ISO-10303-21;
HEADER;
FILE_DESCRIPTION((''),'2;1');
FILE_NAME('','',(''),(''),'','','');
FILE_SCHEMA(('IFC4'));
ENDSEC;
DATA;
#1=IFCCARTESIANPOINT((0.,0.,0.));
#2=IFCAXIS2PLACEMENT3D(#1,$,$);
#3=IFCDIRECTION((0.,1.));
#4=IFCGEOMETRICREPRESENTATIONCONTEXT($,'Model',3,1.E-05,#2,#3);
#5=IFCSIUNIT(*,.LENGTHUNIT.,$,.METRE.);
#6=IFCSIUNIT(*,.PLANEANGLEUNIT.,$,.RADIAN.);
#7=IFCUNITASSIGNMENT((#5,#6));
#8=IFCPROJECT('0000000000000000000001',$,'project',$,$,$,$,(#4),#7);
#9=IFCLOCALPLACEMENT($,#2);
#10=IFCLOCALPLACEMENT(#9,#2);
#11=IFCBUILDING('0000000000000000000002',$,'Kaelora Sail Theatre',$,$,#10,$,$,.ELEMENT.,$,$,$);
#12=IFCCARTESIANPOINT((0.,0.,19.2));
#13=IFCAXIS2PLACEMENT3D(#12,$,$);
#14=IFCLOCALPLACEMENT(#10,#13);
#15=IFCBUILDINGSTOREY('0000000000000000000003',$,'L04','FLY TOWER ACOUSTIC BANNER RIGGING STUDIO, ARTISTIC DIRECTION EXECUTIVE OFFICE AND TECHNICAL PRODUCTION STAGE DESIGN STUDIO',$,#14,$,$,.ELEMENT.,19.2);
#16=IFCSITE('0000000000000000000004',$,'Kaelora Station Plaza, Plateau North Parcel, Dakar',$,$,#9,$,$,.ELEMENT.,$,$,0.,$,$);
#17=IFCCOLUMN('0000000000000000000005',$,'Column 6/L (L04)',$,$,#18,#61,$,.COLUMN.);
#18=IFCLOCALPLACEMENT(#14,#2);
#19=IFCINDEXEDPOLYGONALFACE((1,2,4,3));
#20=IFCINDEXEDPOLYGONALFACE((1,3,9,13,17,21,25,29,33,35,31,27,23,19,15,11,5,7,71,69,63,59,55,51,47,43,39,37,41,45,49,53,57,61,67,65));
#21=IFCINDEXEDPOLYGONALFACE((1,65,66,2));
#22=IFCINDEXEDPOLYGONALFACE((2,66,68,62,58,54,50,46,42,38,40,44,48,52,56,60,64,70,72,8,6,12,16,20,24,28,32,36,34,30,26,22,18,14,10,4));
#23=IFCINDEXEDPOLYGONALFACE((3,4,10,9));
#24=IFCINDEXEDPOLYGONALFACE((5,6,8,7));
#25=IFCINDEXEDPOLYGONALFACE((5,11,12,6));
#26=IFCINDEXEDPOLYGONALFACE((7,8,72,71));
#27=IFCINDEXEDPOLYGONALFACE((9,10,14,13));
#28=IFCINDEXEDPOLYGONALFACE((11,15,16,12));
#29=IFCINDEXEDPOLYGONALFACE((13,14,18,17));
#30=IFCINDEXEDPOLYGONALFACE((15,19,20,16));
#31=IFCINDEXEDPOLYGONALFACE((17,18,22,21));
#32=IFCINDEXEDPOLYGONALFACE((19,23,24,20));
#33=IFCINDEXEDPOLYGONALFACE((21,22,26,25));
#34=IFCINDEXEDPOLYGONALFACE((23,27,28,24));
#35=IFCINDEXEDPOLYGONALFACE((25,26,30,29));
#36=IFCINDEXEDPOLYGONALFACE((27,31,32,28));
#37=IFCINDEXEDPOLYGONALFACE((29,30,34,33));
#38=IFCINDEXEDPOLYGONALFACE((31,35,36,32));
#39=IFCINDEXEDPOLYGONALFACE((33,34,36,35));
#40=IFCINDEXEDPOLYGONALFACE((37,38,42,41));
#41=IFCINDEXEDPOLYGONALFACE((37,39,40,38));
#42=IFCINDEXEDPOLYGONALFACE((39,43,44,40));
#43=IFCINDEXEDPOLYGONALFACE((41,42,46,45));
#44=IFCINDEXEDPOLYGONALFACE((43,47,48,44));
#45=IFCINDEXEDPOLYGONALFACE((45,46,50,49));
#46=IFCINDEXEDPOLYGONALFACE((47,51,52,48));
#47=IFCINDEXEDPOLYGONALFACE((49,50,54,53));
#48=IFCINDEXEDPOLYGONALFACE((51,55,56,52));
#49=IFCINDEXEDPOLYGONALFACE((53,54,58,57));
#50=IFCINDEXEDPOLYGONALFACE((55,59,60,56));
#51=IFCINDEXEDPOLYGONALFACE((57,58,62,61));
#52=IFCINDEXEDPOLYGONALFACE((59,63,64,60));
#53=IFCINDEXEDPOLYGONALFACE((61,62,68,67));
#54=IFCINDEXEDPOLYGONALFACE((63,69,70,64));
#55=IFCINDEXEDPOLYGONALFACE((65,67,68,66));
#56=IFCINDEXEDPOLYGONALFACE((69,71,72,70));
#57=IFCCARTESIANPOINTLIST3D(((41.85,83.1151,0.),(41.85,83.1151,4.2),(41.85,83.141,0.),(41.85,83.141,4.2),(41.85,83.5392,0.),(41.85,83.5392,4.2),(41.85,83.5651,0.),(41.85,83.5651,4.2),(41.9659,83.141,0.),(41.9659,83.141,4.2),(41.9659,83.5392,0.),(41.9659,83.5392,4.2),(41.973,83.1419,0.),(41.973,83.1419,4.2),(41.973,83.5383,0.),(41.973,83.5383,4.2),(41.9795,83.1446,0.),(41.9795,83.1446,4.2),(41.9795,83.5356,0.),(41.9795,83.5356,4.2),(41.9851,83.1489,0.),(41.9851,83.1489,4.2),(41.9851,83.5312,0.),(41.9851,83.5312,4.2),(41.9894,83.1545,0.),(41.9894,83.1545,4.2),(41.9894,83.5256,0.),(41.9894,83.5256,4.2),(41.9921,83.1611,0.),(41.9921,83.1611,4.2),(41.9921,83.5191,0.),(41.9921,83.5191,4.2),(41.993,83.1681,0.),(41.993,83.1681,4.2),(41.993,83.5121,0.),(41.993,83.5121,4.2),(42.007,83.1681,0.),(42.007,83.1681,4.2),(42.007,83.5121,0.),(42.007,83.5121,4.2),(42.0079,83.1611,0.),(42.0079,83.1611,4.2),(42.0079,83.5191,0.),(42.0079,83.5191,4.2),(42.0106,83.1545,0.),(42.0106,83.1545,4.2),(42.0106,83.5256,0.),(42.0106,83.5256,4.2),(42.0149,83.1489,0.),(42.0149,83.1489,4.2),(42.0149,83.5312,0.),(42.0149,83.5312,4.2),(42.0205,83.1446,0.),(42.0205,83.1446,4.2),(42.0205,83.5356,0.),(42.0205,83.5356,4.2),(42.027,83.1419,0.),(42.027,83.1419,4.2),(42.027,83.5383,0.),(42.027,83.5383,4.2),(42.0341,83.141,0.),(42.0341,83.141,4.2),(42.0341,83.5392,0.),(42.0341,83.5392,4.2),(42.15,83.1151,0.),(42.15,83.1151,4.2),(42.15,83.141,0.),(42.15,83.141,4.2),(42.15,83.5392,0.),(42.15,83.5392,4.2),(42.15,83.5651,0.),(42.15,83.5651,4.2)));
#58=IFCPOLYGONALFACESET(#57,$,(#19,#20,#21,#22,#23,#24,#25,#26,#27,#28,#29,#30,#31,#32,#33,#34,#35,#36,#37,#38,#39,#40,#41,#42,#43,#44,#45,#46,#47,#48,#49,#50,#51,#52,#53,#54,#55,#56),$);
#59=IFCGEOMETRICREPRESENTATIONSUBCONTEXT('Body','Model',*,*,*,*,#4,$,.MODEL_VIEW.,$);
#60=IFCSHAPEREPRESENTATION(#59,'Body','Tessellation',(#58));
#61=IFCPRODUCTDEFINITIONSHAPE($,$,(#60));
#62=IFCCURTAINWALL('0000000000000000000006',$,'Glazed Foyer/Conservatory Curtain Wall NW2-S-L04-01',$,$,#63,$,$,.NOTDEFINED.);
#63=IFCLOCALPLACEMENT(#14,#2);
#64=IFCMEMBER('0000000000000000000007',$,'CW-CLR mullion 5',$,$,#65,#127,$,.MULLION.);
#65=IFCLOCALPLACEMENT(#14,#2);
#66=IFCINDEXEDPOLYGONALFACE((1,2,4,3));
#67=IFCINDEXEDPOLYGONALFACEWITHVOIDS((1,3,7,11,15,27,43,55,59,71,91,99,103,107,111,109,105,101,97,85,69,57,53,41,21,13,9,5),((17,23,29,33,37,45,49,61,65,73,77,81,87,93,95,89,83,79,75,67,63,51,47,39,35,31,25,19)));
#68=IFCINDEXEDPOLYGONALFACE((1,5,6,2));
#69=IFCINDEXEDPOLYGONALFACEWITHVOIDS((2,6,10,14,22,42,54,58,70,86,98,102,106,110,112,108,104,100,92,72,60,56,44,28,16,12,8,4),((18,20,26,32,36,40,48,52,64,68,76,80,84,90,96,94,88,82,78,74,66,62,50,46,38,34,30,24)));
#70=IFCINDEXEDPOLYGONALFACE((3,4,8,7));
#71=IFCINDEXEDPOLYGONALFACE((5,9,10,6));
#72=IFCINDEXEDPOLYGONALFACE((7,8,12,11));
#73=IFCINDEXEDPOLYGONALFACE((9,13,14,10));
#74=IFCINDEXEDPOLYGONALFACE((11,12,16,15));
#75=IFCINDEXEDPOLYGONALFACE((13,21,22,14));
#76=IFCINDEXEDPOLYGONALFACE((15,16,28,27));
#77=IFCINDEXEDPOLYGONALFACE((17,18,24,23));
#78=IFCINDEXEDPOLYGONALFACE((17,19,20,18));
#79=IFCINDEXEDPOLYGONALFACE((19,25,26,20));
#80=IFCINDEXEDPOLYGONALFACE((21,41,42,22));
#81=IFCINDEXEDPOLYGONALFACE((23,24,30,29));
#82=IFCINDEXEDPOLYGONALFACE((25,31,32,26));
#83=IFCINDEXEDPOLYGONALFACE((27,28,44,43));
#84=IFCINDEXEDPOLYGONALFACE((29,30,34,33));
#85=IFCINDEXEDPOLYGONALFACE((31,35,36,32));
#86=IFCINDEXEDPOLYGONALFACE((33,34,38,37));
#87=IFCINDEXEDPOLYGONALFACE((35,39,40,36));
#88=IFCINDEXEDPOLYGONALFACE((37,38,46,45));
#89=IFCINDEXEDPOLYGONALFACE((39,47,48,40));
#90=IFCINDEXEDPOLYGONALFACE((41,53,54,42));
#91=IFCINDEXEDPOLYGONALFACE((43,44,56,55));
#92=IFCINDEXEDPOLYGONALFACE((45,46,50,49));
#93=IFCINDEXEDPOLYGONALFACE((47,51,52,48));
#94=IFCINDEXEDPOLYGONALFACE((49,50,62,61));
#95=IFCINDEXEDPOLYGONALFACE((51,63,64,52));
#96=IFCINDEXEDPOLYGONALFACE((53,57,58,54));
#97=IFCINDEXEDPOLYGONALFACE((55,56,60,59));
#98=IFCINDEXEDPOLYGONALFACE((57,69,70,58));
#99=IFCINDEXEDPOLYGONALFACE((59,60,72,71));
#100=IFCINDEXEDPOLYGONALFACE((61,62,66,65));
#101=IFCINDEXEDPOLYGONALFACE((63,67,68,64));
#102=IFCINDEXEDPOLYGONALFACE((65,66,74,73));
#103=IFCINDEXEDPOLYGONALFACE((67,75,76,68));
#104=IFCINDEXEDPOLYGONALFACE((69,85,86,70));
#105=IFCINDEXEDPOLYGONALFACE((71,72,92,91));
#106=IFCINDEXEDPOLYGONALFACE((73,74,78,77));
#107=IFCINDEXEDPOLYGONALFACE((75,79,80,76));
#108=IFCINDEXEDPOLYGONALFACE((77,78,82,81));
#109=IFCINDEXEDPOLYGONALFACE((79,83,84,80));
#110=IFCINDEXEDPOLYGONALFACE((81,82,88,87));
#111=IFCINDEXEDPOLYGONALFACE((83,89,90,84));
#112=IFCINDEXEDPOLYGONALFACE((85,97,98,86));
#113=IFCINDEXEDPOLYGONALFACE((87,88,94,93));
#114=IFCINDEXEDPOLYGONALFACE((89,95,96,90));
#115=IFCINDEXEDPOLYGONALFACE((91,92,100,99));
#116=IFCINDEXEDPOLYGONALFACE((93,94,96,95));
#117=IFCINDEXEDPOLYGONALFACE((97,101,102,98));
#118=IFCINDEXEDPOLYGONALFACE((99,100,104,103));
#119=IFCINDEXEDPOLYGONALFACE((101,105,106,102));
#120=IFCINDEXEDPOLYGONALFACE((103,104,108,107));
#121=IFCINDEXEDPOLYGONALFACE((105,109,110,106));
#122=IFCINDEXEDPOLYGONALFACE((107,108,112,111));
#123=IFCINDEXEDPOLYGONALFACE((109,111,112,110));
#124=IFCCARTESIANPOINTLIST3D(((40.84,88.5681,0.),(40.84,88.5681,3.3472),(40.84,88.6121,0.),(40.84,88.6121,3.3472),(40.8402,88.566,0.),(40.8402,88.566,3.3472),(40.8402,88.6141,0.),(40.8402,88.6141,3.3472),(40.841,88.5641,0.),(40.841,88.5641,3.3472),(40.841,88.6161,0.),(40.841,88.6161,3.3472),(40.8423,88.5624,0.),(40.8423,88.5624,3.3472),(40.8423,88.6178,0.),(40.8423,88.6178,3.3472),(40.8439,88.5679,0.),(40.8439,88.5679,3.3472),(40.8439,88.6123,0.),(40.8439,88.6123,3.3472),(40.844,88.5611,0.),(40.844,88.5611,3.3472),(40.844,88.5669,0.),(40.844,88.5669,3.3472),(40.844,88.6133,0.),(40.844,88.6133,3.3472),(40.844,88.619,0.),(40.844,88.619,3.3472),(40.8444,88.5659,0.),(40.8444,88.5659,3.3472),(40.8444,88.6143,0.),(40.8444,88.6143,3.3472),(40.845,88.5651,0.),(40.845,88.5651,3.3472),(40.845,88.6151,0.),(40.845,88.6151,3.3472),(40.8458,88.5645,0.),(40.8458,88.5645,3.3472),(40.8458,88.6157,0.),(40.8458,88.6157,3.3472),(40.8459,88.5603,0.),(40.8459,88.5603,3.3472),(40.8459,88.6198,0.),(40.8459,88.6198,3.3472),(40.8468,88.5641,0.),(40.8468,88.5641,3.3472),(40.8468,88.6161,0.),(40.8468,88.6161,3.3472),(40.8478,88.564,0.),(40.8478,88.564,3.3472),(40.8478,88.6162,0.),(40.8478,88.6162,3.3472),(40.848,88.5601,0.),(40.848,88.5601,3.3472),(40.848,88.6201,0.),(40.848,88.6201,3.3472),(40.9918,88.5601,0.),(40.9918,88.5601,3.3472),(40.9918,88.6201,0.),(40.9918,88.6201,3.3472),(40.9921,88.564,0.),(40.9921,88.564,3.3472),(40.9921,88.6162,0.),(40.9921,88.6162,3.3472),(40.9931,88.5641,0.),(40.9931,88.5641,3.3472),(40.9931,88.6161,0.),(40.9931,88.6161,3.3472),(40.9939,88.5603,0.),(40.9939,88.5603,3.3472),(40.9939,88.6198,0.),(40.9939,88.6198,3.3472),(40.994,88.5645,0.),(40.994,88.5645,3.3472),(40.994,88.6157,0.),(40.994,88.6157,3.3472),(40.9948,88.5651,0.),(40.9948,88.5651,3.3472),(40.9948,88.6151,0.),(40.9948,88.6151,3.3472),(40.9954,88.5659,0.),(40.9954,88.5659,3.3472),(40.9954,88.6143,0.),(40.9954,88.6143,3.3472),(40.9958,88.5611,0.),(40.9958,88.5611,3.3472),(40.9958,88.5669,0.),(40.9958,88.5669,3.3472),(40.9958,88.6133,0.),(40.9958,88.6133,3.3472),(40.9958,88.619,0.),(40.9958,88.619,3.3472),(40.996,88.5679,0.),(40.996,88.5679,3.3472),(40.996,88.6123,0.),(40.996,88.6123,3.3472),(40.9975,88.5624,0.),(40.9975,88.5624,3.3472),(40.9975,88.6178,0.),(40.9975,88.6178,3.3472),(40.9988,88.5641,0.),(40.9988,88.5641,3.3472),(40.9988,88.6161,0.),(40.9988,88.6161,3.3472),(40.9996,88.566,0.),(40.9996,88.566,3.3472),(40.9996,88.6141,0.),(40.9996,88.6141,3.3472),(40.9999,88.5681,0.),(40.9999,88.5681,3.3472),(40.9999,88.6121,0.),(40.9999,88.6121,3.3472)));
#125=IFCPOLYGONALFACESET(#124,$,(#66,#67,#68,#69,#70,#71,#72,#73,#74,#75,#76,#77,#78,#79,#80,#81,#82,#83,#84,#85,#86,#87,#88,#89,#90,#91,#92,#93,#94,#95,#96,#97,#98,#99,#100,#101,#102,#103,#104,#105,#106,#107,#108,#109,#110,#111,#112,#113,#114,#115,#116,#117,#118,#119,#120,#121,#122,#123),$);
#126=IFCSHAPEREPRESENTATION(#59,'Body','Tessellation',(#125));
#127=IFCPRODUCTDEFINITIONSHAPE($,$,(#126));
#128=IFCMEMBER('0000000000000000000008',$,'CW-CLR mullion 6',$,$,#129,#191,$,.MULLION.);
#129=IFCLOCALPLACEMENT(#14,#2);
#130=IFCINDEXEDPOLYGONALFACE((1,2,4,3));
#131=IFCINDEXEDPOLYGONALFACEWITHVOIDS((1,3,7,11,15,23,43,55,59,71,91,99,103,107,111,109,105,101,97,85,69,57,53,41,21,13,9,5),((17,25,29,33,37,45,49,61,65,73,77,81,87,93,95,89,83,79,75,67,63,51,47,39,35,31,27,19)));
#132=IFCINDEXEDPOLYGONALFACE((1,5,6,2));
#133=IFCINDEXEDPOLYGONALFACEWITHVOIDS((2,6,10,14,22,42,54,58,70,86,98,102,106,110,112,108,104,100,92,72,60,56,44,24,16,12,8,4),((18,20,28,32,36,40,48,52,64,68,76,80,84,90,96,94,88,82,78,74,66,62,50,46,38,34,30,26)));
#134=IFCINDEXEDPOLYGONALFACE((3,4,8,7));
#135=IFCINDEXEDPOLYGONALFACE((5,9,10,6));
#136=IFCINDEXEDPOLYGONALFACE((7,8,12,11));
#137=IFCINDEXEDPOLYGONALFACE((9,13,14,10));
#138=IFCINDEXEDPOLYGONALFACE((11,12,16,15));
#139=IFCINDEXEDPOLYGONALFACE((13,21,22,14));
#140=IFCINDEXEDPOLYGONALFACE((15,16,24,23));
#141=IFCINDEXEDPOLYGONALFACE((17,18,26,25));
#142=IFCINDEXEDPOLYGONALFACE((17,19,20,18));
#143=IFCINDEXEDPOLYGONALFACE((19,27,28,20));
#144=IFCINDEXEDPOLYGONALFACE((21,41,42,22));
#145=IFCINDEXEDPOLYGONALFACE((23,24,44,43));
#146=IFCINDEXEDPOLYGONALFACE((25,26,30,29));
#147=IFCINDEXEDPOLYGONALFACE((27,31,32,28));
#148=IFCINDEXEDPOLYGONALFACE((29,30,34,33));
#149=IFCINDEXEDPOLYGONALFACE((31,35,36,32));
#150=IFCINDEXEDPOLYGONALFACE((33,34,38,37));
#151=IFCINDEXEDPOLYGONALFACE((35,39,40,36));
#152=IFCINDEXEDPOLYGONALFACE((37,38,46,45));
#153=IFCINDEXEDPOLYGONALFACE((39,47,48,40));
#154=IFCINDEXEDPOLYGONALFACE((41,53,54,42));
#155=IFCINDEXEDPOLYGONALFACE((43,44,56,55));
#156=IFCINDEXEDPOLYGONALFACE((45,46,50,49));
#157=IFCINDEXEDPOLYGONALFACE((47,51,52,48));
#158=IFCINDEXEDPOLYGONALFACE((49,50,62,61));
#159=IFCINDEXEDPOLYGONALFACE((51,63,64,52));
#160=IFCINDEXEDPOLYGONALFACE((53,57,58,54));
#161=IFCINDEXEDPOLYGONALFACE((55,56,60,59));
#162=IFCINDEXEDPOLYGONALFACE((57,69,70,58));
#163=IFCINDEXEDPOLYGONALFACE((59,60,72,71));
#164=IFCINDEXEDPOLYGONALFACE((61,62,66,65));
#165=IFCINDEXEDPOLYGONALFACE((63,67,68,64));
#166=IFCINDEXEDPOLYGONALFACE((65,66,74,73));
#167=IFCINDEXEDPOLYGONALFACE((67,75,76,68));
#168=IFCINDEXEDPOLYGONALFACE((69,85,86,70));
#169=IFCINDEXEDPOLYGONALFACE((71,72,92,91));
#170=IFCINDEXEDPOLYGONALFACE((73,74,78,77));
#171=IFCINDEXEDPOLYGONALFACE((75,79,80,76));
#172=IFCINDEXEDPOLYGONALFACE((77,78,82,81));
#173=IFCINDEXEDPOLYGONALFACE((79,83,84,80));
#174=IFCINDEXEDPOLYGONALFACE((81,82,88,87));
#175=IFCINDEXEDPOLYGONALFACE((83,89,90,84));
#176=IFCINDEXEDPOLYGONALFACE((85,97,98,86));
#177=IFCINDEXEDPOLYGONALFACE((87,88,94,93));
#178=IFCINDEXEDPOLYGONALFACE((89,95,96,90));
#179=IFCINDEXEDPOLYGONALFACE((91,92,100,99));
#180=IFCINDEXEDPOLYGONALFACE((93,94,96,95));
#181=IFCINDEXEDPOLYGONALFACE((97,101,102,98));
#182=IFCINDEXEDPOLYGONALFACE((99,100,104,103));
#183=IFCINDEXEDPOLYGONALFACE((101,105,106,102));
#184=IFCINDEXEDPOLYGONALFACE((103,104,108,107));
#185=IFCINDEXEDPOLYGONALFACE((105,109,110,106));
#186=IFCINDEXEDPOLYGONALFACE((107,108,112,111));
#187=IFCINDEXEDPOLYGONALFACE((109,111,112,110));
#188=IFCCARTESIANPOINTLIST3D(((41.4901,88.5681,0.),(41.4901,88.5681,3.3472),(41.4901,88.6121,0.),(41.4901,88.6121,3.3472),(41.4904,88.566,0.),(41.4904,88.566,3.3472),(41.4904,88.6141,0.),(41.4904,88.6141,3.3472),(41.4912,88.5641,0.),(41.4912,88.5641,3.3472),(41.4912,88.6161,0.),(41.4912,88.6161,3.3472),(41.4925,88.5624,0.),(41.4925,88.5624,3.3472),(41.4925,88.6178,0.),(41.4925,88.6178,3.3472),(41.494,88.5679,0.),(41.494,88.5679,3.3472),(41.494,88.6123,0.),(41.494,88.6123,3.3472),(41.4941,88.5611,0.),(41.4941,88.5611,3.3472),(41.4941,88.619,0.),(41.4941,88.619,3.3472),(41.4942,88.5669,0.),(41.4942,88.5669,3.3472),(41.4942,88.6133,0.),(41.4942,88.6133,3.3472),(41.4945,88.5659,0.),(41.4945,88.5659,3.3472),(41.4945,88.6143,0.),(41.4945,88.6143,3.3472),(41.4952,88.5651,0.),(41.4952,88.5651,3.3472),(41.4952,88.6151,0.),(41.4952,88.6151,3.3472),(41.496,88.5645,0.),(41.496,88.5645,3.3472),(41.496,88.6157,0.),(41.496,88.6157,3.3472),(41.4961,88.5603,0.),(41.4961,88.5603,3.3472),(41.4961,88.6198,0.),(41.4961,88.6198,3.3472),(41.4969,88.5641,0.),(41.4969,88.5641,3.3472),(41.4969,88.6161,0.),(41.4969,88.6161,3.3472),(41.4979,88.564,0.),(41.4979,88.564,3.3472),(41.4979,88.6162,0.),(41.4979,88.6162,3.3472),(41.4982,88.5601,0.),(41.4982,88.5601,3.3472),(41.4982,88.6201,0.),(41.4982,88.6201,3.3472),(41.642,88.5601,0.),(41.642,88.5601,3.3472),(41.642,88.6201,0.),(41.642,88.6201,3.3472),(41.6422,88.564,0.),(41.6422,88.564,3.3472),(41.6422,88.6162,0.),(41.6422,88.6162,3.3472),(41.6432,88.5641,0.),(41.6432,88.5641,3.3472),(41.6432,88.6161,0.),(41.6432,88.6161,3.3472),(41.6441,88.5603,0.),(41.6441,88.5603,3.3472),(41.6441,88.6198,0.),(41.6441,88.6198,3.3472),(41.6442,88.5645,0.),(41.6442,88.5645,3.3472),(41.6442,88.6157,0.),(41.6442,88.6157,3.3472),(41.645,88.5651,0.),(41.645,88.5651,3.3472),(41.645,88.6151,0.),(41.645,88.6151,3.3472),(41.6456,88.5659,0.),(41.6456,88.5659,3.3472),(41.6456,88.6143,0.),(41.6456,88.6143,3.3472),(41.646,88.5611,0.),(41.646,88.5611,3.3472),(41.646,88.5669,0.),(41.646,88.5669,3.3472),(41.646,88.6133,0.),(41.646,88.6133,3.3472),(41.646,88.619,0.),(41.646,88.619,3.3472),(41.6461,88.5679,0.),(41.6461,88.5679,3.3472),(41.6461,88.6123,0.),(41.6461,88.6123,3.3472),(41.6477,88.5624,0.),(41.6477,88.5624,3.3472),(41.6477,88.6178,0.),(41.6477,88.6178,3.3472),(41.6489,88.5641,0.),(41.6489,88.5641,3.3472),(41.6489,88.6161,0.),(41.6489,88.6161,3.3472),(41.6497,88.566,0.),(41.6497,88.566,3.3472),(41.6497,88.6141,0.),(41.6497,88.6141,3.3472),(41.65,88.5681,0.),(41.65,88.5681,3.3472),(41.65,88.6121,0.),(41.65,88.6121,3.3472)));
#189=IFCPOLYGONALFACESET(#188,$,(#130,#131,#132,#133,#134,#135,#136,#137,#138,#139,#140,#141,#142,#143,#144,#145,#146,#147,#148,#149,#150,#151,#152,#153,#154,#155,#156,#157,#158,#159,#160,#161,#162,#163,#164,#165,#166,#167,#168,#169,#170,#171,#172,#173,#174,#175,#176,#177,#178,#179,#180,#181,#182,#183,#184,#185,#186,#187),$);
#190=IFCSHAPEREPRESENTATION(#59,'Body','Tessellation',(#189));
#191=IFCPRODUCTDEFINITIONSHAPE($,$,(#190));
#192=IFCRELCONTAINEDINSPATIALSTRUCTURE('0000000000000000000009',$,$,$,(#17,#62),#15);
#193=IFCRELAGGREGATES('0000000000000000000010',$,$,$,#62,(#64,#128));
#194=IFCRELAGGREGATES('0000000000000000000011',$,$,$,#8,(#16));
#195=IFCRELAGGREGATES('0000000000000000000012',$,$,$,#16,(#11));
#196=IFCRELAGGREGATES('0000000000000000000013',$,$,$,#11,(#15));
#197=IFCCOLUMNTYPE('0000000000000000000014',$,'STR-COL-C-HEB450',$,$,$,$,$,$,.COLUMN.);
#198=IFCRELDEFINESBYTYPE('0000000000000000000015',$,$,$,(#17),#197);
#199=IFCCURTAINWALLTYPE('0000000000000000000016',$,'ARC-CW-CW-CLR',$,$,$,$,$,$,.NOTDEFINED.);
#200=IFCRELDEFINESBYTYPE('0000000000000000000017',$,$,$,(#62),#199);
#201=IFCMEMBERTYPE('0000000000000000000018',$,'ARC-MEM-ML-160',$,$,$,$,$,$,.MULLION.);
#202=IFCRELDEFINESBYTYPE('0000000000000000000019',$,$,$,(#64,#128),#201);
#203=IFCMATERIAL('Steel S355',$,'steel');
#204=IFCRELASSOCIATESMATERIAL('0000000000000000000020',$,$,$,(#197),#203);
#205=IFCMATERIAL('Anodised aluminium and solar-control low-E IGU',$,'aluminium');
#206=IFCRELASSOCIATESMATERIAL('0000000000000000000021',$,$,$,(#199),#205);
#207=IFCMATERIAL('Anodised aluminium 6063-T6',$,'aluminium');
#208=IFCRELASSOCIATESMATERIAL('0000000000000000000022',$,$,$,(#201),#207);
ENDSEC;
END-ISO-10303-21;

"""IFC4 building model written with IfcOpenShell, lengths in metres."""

from ifc_helpers import new_model, si_unit, direction, frame, origin, origin_2d, place, context, subcontext, project, spatial, hollow_rectangle, i_section, extrude, material, material_profile, profile_set, type_object, element, aggregate, save


model = new_model("IFC4")

# Units and contexts
model_context = context("Model", 3, precision=1e-05, world=origin(), true_north=direction((0.0, 1.0)))
body_context = subcontext(model_context, "Body", "Model", "MODEL_VIEW")
ifc_project = project(units=[si_unit("LENGTHUNIT", "METRE"), si_unit("PLANEANGLEUNIT", "RADIAN")], contexts=[model_context])

# Site, building, storey
site_placement = place(None, origin())
site = spatial("IfcSite", under=ifc_project, at=site_placement, Name="Kaelora Station Plaza, Plateau North Parcel, Dakar", CompositionType="ELEMENT", RefElevation=0.0)
building_placement = place(site_placement, origin())
building = spatial("IfcBuilding", under=site, at=building_placement, Name="Kaelora Sail Theatre", CompositionType="ELEMENT")
storey_placement = place(building_placement, frame((0.0, 0.0, 19.2)))
storey = spatial("IfcBuildingStorey", under=building, at=storey_placement, Name="L04", Description="FLY TOWER ACOUSTIC BANNER RIGGING STUDIO, ARTISTIC DIRECTION EXECUTIVE OFFICE AND TECHNICAL PRODUCTION STAGE DESIGN STUDIO", CompositionType="ELEMENT", Elevation=19.2)

# Column
ifc_material_1 = material(Name="Steel S355", Category="steel")
ifc_material_profile_1 = material_profile(ifc_material_1, i_section(OverallWidth=0.3, OverallDepth=0.45, WebThickness=0.0139, FlangeThickness=0.0259, FilletRadius=0.0271, at=origin_2d()), Name="HEB 450")
ifc_profile_set_1 = profile_set([ifc_material_profile_1], Name="Steel S355")
column_type = type_object("IfcColumnType", Name="STR-COL-C-HEB450", PredefinedType="COLUMN", material=ifc_profile_set_1)
column_placement = place(storey_placement, frame((42.0, 83.3401, 0.0), z_axis=(0.0, 0.0, 1.0), x_axis=(1.0, 0.0, 0.0)))
element("IfcColumn", 1, at=column_placement, inside=storey, type_object=column_type, Name="Column 6/L (L04)", PredefinedType="COLUMN", context=body_context, shape_type="SweptSolid", body=[
    extrude(i_section(OverallWidth=0.3, OverallDepth=0.45, WebThickness=0.0139, FlangeThickness=0.0259, FilletRadius=0.0271, at=origin_2d()), origin(), (0.0, 0.0, 1.0), 4.2),
])

# Curtain wall, members
ifc_material_2 = material(Name="Anodised aluminium and solar-control low-E IGU", Category="aluminium")
curtain_wall_type = type_object("IfcCurtainWallType", Name="ARC-CW-CW-CLR", PredefinedType="NOTDEFINED", material=ifc_material_2)
curtain_wall_placement = place(storey_placement, origin())
curtain_wall = element("IfcCurtainWall", 2, at=curtain_wall_placement, inside=storey, type_object=curtain_wall_type, Name="Glazed Foyer/Conservatory Curtain Wall NW2-S-L04-01", PredefinedType="NOTDEFINED")
ifc_material_3 = material(Name="Anodised aluminium 6063-T6", Category="aluminium")
ifc_material_profile_2 = material_profile(ifc_material_3, hollow_rectangle(XDim=0.0601, YDim=0.1599, WallThickness=0.0039, InnerFilletRadius=0.0039, OuterFilletRadius=0.0081, at=origin_2d()), Name="ALU-MULL 60x160x4")
ifc_profile_set_2 = profile_set([ifc_material_profile_2], Name="Anodised aluminium 6063-T6")
member_type_1 = type_object("IfcMemberType", Name="ARC-MEM-ML-160", PredefinedType="MULLION", material=ifc_profile_set_2)
member_1_placement = place(storey_placement, frame((40.9199, 88.5901, 0.0), z_axis=(0.0, 0.0, 1.0), x_axis=(0.0, 1.0, 0.0)))
member_1 = element("IfcMember", 3, at=member_1_placement, type_object=member_type_1, Name="CW-CLR mullion 5", PredefinedType="MULLION", context=body_context, shape_type="SweptSolid", body=[
    extrude(hollow_rectangle(XDim=0.0601, YDim=0.1599, WallThickness=0.0039, InnerFilletRadius=0.0039, OuterFilletRadius=0.0081, at=origin_2d()), origin(), (0.0, 0.0, 1.0), 3.3472),
])
member_2_placement = place(storey_placement, frame((41.5701, 88.5901, 0.0), z_axis=(0.0, 0.0, 1.0), x_axis=(0.0, 1.0, 0.0)))
member_2 = element("IfcMember", 4, at=member_2_placement, type_object=member_type_1, Name="CW-CLR mullion 6", PredefinedType="MULLION", context=body_context, shape_type="SweptSolid", body=[
    extrude(hollow_rectangle(XDim=0.0601, YDim=0.1599, WallThickness=0.0039, InnerFilletRadius=0.0039, OuterFilletRadius=0.0081, at=origin_2d()), origin(), (0.0, 0.0, 1.0), 3.3472),
])

aggregate(curtain_wall, [member_1, member_2])

save(model, "model.ifc")
